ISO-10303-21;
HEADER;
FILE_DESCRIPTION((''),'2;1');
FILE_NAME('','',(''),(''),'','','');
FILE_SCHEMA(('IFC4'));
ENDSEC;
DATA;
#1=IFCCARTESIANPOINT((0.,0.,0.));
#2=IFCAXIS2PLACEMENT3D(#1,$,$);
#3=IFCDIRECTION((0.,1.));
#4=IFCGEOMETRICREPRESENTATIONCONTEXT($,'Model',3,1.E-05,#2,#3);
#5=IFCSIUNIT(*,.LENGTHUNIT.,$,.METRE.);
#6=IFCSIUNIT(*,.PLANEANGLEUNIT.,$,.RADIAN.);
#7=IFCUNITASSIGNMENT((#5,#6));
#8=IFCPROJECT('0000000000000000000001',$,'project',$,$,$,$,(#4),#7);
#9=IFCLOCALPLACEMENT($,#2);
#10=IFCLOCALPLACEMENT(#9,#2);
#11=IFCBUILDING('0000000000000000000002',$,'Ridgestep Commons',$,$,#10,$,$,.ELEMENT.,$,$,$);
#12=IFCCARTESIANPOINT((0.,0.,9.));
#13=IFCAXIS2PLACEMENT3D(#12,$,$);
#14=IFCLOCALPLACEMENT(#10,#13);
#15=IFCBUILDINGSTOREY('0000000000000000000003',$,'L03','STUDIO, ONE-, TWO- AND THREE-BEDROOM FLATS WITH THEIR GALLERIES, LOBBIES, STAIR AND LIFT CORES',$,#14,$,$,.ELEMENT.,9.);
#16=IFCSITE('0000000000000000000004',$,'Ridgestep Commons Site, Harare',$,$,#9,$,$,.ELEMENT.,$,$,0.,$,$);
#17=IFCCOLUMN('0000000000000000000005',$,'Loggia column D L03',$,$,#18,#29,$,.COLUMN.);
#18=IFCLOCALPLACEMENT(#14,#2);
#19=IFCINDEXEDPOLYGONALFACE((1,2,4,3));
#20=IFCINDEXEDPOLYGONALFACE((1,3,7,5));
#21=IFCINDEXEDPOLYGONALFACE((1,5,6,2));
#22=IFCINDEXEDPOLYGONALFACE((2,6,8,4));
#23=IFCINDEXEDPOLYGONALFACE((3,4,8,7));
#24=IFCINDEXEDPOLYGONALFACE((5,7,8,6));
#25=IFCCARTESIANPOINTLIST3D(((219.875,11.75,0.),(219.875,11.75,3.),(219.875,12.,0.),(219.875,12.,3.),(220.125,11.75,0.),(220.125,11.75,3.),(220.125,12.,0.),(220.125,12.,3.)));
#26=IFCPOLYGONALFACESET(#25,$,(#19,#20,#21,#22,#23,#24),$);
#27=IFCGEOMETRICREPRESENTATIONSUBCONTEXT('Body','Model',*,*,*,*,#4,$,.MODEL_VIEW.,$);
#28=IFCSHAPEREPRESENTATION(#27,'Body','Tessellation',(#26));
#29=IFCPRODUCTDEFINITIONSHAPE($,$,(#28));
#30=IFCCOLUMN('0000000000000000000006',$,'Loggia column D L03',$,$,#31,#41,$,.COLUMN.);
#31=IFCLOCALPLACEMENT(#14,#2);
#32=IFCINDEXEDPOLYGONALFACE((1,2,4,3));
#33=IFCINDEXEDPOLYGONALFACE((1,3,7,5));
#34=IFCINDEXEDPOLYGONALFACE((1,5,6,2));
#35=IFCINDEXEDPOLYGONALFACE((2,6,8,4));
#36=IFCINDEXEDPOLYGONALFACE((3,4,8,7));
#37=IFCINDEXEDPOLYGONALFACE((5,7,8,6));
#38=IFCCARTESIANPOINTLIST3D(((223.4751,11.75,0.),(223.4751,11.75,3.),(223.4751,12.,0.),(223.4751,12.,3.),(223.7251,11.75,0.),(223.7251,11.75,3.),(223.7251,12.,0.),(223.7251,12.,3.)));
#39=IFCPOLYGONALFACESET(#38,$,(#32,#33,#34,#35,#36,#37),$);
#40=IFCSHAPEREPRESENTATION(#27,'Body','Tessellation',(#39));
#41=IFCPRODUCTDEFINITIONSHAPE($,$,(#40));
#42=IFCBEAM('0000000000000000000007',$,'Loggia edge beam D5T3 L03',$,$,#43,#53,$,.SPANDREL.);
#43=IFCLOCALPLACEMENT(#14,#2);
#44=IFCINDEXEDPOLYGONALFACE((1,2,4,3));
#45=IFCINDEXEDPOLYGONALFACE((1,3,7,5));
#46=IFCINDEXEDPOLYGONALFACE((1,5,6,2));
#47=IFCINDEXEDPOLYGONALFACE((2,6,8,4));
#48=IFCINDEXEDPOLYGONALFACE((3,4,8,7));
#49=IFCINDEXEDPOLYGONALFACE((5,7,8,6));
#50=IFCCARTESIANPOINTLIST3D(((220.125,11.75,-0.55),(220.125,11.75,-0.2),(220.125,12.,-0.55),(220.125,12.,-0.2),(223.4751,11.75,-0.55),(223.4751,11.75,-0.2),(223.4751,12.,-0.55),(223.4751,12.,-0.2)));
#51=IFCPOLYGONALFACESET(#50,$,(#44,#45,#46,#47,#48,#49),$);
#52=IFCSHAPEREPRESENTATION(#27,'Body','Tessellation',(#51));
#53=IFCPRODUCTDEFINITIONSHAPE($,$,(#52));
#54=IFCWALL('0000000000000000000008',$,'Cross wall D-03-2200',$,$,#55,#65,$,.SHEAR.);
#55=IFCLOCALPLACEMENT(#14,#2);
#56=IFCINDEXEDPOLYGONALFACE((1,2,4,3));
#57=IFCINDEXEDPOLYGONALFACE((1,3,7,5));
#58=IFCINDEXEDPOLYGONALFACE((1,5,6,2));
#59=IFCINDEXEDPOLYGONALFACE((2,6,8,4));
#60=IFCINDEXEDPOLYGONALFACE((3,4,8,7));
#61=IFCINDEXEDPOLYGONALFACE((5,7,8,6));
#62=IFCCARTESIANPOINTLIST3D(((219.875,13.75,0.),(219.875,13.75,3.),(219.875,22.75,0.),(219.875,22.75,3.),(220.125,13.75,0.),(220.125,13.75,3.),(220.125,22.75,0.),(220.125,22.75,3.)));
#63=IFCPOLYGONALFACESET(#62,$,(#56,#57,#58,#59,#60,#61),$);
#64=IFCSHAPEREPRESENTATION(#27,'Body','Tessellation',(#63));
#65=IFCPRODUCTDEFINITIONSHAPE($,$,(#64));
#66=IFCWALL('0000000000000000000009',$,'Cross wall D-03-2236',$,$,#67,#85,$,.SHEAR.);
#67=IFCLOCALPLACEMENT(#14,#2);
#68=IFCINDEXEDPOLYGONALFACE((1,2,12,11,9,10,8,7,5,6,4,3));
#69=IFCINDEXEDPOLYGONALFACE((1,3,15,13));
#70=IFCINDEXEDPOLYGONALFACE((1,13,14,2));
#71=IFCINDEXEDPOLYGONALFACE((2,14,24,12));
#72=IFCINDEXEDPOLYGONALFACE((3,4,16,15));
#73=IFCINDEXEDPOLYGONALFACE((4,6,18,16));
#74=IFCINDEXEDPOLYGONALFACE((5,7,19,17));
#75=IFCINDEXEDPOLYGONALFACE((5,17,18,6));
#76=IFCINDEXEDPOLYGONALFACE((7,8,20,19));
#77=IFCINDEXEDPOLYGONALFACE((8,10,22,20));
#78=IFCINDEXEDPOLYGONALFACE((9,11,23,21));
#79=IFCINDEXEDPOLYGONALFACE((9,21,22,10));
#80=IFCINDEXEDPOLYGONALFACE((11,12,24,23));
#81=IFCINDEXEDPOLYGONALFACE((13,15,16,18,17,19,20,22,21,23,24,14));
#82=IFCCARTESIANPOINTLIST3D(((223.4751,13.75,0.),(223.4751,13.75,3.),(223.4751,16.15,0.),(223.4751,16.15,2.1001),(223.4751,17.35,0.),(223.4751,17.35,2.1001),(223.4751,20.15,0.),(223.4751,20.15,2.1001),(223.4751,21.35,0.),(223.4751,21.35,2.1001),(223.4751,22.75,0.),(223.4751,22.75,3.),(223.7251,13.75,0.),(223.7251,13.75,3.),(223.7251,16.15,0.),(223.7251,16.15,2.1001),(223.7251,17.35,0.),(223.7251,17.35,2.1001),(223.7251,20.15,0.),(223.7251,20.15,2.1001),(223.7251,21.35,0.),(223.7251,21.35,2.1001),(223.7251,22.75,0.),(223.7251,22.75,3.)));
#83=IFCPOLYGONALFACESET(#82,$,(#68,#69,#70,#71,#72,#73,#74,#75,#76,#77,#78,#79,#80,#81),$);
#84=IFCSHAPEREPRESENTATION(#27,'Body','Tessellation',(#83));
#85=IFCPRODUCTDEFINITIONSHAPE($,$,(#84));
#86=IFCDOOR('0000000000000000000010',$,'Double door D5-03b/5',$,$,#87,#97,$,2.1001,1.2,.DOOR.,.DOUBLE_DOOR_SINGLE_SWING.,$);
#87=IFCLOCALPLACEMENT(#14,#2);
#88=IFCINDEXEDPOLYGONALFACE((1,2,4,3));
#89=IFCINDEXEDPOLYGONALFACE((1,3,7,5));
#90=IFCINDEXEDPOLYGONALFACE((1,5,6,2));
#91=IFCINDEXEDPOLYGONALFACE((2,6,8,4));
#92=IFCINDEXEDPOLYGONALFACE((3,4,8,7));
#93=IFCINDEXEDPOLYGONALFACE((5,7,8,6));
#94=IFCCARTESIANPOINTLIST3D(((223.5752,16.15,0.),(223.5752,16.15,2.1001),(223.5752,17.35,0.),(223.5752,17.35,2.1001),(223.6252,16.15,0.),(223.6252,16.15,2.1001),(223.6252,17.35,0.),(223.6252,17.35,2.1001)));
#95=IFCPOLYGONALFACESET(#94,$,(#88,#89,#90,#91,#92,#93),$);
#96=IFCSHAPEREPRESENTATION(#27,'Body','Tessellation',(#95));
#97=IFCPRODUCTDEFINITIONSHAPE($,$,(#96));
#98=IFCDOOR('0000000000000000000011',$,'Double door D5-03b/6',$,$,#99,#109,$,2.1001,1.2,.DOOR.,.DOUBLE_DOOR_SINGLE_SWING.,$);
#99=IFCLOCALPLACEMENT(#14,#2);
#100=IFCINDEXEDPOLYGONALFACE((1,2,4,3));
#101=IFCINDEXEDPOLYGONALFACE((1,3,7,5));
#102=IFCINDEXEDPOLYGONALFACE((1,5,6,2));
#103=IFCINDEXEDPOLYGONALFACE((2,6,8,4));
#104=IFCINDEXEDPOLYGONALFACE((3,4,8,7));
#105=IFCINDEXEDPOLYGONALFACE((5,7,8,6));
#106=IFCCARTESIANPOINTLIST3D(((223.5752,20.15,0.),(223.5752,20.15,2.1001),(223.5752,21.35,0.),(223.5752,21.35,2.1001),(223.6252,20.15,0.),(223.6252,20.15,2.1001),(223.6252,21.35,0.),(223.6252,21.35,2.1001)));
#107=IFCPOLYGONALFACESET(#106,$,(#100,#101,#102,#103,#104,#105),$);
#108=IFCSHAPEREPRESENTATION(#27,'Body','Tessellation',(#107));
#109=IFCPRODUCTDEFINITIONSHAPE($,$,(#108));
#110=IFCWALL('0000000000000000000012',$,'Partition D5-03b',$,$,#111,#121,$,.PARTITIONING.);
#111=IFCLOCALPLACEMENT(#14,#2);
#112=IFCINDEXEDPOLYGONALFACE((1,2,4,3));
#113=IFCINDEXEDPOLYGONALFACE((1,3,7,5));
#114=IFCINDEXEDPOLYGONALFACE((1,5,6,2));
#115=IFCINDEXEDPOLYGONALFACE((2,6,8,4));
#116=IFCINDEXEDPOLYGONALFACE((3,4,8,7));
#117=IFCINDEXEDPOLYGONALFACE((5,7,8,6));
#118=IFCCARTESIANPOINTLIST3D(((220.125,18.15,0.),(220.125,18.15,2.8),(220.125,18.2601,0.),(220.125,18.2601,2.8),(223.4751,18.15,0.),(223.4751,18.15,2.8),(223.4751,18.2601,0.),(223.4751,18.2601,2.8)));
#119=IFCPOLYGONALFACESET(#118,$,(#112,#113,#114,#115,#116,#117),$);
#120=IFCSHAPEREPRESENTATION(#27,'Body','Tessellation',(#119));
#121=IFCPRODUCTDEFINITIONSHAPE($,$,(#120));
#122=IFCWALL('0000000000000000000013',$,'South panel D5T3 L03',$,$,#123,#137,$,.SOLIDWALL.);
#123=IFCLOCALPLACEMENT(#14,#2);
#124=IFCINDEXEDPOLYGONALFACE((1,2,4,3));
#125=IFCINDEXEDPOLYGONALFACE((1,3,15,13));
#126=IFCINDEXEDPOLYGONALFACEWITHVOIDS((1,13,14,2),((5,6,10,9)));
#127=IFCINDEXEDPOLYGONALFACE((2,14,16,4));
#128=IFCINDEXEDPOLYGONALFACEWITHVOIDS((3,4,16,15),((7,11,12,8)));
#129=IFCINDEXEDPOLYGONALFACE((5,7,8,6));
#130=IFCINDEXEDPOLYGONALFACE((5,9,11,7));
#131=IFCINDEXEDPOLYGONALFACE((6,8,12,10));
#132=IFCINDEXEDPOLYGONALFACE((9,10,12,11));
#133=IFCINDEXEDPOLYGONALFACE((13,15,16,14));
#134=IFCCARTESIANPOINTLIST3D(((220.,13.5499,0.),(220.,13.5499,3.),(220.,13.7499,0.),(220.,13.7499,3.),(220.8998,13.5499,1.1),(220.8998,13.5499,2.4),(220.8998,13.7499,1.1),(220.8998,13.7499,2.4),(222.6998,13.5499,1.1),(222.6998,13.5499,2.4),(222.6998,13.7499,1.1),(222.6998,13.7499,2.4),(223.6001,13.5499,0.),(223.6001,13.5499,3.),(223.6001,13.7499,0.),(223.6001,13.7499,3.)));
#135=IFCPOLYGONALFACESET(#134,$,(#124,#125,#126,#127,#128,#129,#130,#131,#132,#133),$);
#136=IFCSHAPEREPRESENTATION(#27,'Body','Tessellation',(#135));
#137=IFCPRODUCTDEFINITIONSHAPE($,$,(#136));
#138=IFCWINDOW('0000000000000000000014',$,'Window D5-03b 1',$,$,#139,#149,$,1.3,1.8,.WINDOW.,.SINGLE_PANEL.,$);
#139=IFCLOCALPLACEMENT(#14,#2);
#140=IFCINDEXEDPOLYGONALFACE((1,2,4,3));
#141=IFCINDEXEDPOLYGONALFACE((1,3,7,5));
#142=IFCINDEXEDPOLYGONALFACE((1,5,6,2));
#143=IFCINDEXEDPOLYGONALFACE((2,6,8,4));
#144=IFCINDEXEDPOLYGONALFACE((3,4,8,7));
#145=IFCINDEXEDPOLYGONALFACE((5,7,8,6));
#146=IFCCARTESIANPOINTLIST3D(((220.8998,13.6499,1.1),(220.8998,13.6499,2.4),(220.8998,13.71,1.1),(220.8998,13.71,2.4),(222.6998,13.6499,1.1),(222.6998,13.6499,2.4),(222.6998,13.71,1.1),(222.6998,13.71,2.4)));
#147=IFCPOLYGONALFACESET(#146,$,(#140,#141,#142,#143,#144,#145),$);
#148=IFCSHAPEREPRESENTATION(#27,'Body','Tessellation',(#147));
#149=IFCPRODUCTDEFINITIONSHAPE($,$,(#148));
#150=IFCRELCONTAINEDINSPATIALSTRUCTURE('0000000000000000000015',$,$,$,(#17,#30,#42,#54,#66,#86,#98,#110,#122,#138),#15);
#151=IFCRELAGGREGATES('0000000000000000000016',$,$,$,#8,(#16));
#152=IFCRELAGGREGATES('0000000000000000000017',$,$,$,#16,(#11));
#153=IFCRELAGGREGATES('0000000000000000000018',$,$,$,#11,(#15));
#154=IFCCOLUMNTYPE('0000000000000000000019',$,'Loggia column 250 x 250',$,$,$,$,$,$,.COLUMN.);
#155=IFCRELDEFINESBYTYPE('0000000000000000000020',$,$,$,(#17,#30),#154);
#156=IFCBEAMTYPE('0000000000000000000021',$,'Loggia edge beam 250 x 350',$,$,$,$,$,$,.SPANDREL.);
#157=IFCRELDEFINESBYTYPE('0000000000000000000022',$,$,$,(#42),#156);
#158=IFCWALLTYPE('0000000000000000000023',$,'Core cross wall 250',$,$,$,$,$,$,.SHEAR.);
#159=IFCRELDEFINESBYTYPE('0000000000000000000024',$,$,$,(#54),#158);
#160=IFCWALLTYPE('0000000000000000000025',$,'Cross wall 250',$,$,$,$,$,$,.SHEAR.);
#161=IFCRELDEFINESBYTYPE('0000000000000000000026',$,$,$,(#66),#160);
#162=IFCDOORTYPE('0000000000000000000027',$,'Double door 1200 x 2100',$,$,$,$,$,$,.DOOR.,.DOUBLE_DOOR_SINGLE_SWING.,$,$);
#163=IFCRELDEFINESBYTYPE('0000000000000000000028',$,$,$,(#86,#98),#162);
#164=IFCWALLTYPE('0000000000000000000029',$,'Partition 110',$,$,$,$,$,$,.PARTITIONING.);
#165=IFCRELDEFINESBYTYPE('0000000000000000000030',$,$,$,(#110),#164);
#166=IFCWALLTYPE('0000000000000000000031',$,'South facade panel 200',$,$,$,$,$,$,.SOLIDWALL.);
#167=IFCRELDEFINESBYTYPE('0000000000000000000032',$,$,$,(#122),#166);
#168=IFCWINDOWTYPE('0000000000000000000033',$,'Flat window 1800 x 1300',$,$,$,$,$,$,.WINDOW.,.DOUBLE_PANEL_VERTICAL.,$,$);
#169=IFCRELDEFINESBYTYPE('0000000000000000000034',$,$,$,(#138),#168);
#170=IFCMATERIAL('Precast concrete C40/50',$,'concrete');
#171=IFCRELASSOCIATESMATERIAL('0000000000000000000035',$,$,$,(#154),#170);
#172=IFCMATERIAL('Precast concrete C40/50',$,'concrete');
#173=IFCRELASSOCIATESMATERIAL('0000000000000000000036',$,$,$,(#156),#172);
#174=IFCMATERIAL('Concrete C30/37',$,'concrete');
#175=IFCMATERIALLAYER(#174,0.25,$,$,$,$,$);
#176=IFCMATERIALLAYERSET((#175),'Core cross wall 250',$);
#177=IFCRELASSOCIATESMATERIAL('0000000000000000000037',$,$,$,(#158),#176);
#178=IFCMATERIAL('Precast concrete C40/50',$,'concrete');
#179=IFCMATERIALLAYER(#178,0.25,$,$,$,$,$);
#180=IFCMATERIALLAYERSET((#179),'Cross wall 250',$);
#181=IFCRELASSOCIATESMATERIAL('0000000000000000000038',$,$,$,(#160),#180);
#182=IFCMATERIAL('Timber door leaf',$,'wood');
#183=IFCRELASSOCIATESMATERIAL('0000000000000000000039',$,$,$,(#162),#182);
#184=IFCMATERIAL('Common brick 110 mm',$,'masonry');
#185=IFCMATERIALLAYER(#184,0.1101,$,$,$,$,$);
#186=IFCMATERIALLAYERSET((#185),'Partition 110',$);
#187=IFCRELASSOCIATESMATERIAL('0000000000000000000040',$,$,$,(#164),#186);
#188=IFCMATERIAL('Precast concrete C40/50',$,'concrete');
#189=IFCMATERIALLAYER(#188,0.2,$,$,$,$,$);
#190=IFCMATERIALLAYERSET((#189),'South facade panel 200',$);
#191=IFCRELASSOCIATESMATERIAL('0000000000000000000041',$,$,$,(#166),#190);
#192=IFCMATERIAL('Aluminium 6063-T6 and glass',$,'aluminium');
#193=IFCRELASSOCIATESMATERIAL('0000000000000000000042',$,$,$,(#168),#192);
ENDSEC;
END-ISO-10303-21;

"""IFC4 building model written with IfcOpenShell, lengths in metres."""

from ifc_helpers import new_model, si_unit, direction, frame, frame_2d, origin, origin_2d, place, context, subcontext, project, spatial, rectangle, extrude, material, layer, layer_set, material_profile, profile_set, type_object, element, fill, save


model = new_model("IFC4")

# Units and contexts
model_context = context("Model", 3, precision=1e-05, world=origin(), true_north=direction((0.0, 1.0)))
body_context = subcontext(model_context, "Body", "Model", "MODEL_VIEW")
ifc_project = project(units=[si_unit("LENGTHUNIT", "METRE"), si_unit("PLANEANGLEUNIT", "RADIAN")], contexts=[model_context])

# Site, building, storey
site_placement = place(None, origin())
site = spatial("IfcSite", under=ifc_project, at=site_placement, Name="Ridgestep Commons Site, Harare", CompositionType="ELEMENT", RefElevation=0.0)
building_placement = place(site_placement, origin())
building = spatial("IfcBuilding", under=site, at=building_placement, Name="Ridgestep Commons", CompositionType="ELEMENT")
storey_placement = place(building_placement, frame((0.0, 0.0, 9.0)))
storey = spatial("IfcBuildingStorey", under=building, at=storey_placement, Name="L03", Description="STUDIO, ONE-, TWO- AND THREE-BEDROOM FLATS WITH THEIR GALLERIES, LOBBIES, STAIR AND LIFT CORES", CompositionType="ELEMENT", Elevation=9.0)

# Columns
ifc_material_1 = material(Name="Precast concrete C40/50", Category="concrete")
ifc_material_profile_1 = material_profile(ifc_material_1, rectangle(XDim=0.25, YDim=0.25, at=origin_2d()), Name="PC 250x250")
ifc_profile_set_1 = profile_set([ifc_material_profile_1], Name="Precast concrete C40/50")
column_type = type_object("IfcColumnType", Name="Loggia column 250 x 250", PredefinedType="COLUMN", material=ifc_profile_set_1)
for number, where, z_axis, x_axis, name in (
    (1, (220.0, 11.875, 0.0), (0.0, 0.0, 1.0), (1.0, 0.0, 0.0), "Loggia column D L03"),
    (2, (223.6001, 11.875, 0.0), (0.0, 0.0, 1.0), (1.0, 0.0, 0.0), "Loggia column D L03"),
):
    element("IfcColumn", number, at=place(storey_placement, frame(where, z_axis=z_axis, x_axis=x_axis)), inside=storey, type_object=column_type, Name=name, PredefinedType="COLUMN", context=body_context, shape_type="SweptSolid", body=[
        extrude(rectangle(XDim=0.25, YDim=0.25, at=origin_2d()), origin(), (0.0, 0.0, 1.0), 3.0),
    ])

# Beam
ifc_material_2 = material(Name="Precast concrete C40/50", Category="concrete")
ifc_material_profile_2 = material_profile(ifc_material_2, rectangle(XDim=0.25, YDim=0.3501, at=origin_2d()), Name="PC 250x350")
ifc_profile_set_2 = profile_set([ifc_material_profile_2], Name="Precast concrete C40/50")
beam_type = type_object("IfcBeamType", Name="Loggia edge beam 250 x 350", PredefinedType="SPANDREL", material=ifc_profile_set_2)
beam_placement = place(storey_placement, frame((220.125, 11.875, -0.375), z_axis=(1.0, 0.0, 0.0), x_axis=(0.0, 1.0, 0.0)))
element("IfcBeam", 3, at=beam_placement, inside=storey, type_object=beam_type, Name="Loggia edge beam D5T3 L03", PredefinedType="SPANDREL", context=body_context, shape_type="SweptSolid", body=[
    extrude(rectangle(XDim=0.25, YDim=0.3501, at=origin_2d()), origin(), (0.0, 0.0, 1.0), 3.3501),
])

# Wall
ifc_material_3 = material(Name="Concrete C30/37", Category="concrete")
ifc_layer_1 = layer(ifc_material_3, 0.25)
ifc_layer_set_1 = layer_set([ifc_layer_1], Name="Core cross wall 250")
wall_type_1 = type_object("IfcWallType", Name="Core cross wall 250", PredefinedType="SHEAR", material=ifc_layer_set_1)
wall_1_placement = place(storey_placement, frame((220.0, 13.75, 0.0), z_axis=(0.0, 0.0, 1.0), x_axis=(0.0, 1.0, 0.0)))
element("IfcWall", 4, at=wall_1_placement, inside=storey, type_object=wall_type_1, Name="Cross wall D-03-2200", PredefinedType="SHEAR", context=body_context, shape_type="SweptSolid", body=[
    extrude(rectangle(XDim=9.0, YDim=0.25, at=frame_2d((4.5, 0.0))), origin(), (0.0, 0.0, 1.0), 3.0),
])

# Wall, openings, doors
ifc_material_4 = material(Name="Precast concrete C40/50", Category="concrete")
ifc_layer_2 = layer(ifc_material_4, 0.25)
ifc_layer_set_2 = layer_set([ifc_layer_2], Name="Cross wall 250")
wall_type_2 = type_object("IfcWallType", Name="Cross wall 250", PredefinedType="SHEAR", material=ifc_layer_set_2)
wall_2_placement = place(storey_placement, frame((223.6001, 13.75, 0.0), z_axis=(0.0, 0.0, 1.0), x_axis=(0.0, 1.0, 0.0)))
wall_2 = element("IfcWall", 5, at=wall_2_placement, inside=storey, type_object=wall_type_2, Name="Cross wall D-03-2236", PredefinedType="SHEAR", context=body_context, shape_type="SweptSolid", body=[
    extrude(rectangle(XDim=9.0, YDim=0.25, at=frame_2d((4.5, 0.0))), origin(), (0.0, 0.0, 1.0), 3.0),
])
opening_1_placement = place(wall_2_placement, frame((2.3999, 0.0, 0.0)))
opening_1 = element("IfcOpeningElement", 6, at=opening_1_placement, cuts=wall_2, PredefinedType="OPENING", context=body_context, shape_type="SweptSolid", body=[
    extrude(rectangle(XDim=1.2, YDim=2.1001, at=frame_2d((0.6001, 1.05))), frame((0.0, 0.135, 0.0), z_axis=(0.0, -1.0, 0.0), x_axis=(1.0, 0.0, 0.0)), (0.0, 0.0, 1.0), 0.27),
])
opening_2_placement = place(wall_2_placement, frame((6.3999, 0.0, 0.0)))
opening_2 = element("IfcOpeningElement", 7, at=opening_2_placement, cuts=wall_2, PredefinedType="OPENING", context=body_context, shape_type="SweptSolid", body=[
    extrude(rectangle(XDim=1.2, YDim=2.1001, at=frame_2d((0.6001, 1.05))), frame((0.0, 0.135, 0.0), z_axis=(0.0, -1.0, 0.0), x_axis=(1.0, 0.0, 0.0)), (0.0, 0.0, 1.0), 0.27),
])
ifc_material_5 = material(Name="Timber door leaf", Category="wood")
door_type_1 = type_object("IfcDoorType", Name="Double door 1200 x 2100", OperationType="DOUBLE_DOOR_SINGLE_SWING", PredefinedType="DOOR", material=ifc_material_5)
door_1_placement = place(opening_1_placement, origin())
door_1 = element("IfcDoor", 8, at=door_1_placement, inside=storey, type_object=door_type_1, Name="Double door D5-03b/5", OperationType="DOUBLE_DOOR_SINGLE_SWING", OverallHeight=2.1001, OverallWidth=1.2, PredefinedType="DOOR", context=body_context, shape_type="SweptSolid", body=[
    extrude(rectangle(XDim=1.2, YDim=2.1001, at=frame_2d((0.6001, 1.05))), frame((0.0, 0.0249, 0.0), z_axis=(0.0, -1.0, 0.0), x_axis=(1.0, 0.0, 0.0)), (0.0, 0.0, 1.0), 0.05),
])
fill(opening_1, door_1)
door_2_placement = place(opening_2_placement, origin())
door_2 = element("IfcDoor", 9, at=door_2_placement, inside=storey, type_object=door_type_1, Name="Double door D5-03b/6", OperationType="DOUBLE_DOOR_SINGLE_SWING", OverallHeight=2.1001, OverallWidth=1.2, PredefinedType="DOOR", context=body_context, shape_type="SweptSolid", body=[
    extrude(rectangle(XDim=1.2, YDim=2.1001, at=frame_2d((0.6001, 1.05))), frame((0.0, 0.0249, 0.0), z_axis=(0.0, -1.0, 0.0), x_axis=(1.0, 0.0, 0.0)), (0.0, 0.0, 1.0), 0.05),
])
fill(opening_2, door_2)

# Wall
ifc_material_6 = material(Name="Common brick 110 mm", Category="masonry")
ifc_layer_3 = layer(ifc_material_6, 0.1101)
ifc_layer_set_3 = layer_set([ifc_layer_3], Name="Partition 110")
wall_type_3 = type_object("IfcWallType", Name="Partition 110", PredefinedType="PARTITIONING", material=ifc_layer_set_3)
wall_3_placement = place(storey_placement, frame((220.125, 18.2051, 0.0), z_axis=(0.0, 0.0, 1.0), x_axis=(1.0, 0.0, 0.0)))
element("IfcWall", 10, at=wall_3_placement, inside=storey, type_object=wall_type_3, Name="Partition D5-03b", PredefinedType="PARTITIONING", context=body_context, shape_type="SweptSolid", body=[
    extrude(rectangle(XDim=3.3501, YDim=0.1101, at=frame_2d((1.675, 0.0))), origin(), (0.0, 0.0, 1.0), 2.8),
])

# Wall, opening, window
ifc_material_7 = material(Name="Precast concrete C40/50", Category="concrete")
ifc_layer_4 = layer(ifc_material_7, 0.2)
ifc_layer_set_4 = layer_set([ifc_layer_4], Name="South facade panel 200")
wall_type_4 = type_object("IfcWallType", Name="South facade panel 200", PredefinedType="SOLIDWALL", material=ifc_layer_set_4)
wall_4_placement = place(storey_placement, frame((220.0, 13.6499, 0.0), z_axis=(0.0, 0.0, 1.0), x_axis=(1.0, 0.0, 0.0)))
wall_4 = element("IfcWall", 11, at=wall_4_placement, inside=storey, type_object=wall_type_4, Name="South panel D5T3 L03", PredefinedType="SOLIDWALL", context=body_context, shape_type="SweptSolid", body=[
    extrude(rectangle(XDim=3.6001, YDim=0.2, at=frame_2d((1.8, 0.0))), origin(), (0.0, 0.0, 1.0), 3.0),
])
opening_3_placement = place(wall_4_placement, frame((0.8999, 0.0, 1.1001)))
opening_3 = element("IfcOpeningElement", 12, at=opening_3_placement, cuts=wall_4, PredefinedType="OPENING", context=body_context, shape_type="SweptSolid", body=[
    extrude(rectangle(XDim=1.8, YDim=1.3, at=frame_2d((0.8999, 0.6499))), frame((0.0, 0.1099, 0.0), z_axis=(0.0, -1.0, 0.0), x_axis=(1.0, 0.0, 0.0)), (0.0, 0.0, 1.0), 0.22),
])
ifc_material_8 = material(Name="Aluminium 6063-T6 and glass", Category="aluminium")
window_type_1 = type_object("IfcWindowType", Name="Flat window 1800 x 1300", PartitioningType="DOUBLE_PANEL_VERTICAL", PredefinedType="WINDOW", material=ifc_material_8)
window_1_placement = place(opening_3_placement, origin())
window_1 = element("IfcWindow", 13, at=window_1_placement, inside=storey, type_object=window_type_1, Name="Window D5-03b 1", OverallHeight=1.3, OverallWidth=1.8, PartitioningType="SINGLE_PANEL", PredefinedType="WINDOW", context=body_context, shape_type="SweptSolid", body=[
    extrude(rectangle(XDim=1.8, YDim=1.3, at=frame_2d((0.8999, 0.6499))), frame((0.0, 0.0601, 0.0), z_axis=(0.0, -1.0, 0.0), x_axis=(1.0, 0.0, 0.0)), (0.0, 0.0, 1.0), 0.0601),
])
fill(opening_3, window_1)

save(model, "model.ifc")
